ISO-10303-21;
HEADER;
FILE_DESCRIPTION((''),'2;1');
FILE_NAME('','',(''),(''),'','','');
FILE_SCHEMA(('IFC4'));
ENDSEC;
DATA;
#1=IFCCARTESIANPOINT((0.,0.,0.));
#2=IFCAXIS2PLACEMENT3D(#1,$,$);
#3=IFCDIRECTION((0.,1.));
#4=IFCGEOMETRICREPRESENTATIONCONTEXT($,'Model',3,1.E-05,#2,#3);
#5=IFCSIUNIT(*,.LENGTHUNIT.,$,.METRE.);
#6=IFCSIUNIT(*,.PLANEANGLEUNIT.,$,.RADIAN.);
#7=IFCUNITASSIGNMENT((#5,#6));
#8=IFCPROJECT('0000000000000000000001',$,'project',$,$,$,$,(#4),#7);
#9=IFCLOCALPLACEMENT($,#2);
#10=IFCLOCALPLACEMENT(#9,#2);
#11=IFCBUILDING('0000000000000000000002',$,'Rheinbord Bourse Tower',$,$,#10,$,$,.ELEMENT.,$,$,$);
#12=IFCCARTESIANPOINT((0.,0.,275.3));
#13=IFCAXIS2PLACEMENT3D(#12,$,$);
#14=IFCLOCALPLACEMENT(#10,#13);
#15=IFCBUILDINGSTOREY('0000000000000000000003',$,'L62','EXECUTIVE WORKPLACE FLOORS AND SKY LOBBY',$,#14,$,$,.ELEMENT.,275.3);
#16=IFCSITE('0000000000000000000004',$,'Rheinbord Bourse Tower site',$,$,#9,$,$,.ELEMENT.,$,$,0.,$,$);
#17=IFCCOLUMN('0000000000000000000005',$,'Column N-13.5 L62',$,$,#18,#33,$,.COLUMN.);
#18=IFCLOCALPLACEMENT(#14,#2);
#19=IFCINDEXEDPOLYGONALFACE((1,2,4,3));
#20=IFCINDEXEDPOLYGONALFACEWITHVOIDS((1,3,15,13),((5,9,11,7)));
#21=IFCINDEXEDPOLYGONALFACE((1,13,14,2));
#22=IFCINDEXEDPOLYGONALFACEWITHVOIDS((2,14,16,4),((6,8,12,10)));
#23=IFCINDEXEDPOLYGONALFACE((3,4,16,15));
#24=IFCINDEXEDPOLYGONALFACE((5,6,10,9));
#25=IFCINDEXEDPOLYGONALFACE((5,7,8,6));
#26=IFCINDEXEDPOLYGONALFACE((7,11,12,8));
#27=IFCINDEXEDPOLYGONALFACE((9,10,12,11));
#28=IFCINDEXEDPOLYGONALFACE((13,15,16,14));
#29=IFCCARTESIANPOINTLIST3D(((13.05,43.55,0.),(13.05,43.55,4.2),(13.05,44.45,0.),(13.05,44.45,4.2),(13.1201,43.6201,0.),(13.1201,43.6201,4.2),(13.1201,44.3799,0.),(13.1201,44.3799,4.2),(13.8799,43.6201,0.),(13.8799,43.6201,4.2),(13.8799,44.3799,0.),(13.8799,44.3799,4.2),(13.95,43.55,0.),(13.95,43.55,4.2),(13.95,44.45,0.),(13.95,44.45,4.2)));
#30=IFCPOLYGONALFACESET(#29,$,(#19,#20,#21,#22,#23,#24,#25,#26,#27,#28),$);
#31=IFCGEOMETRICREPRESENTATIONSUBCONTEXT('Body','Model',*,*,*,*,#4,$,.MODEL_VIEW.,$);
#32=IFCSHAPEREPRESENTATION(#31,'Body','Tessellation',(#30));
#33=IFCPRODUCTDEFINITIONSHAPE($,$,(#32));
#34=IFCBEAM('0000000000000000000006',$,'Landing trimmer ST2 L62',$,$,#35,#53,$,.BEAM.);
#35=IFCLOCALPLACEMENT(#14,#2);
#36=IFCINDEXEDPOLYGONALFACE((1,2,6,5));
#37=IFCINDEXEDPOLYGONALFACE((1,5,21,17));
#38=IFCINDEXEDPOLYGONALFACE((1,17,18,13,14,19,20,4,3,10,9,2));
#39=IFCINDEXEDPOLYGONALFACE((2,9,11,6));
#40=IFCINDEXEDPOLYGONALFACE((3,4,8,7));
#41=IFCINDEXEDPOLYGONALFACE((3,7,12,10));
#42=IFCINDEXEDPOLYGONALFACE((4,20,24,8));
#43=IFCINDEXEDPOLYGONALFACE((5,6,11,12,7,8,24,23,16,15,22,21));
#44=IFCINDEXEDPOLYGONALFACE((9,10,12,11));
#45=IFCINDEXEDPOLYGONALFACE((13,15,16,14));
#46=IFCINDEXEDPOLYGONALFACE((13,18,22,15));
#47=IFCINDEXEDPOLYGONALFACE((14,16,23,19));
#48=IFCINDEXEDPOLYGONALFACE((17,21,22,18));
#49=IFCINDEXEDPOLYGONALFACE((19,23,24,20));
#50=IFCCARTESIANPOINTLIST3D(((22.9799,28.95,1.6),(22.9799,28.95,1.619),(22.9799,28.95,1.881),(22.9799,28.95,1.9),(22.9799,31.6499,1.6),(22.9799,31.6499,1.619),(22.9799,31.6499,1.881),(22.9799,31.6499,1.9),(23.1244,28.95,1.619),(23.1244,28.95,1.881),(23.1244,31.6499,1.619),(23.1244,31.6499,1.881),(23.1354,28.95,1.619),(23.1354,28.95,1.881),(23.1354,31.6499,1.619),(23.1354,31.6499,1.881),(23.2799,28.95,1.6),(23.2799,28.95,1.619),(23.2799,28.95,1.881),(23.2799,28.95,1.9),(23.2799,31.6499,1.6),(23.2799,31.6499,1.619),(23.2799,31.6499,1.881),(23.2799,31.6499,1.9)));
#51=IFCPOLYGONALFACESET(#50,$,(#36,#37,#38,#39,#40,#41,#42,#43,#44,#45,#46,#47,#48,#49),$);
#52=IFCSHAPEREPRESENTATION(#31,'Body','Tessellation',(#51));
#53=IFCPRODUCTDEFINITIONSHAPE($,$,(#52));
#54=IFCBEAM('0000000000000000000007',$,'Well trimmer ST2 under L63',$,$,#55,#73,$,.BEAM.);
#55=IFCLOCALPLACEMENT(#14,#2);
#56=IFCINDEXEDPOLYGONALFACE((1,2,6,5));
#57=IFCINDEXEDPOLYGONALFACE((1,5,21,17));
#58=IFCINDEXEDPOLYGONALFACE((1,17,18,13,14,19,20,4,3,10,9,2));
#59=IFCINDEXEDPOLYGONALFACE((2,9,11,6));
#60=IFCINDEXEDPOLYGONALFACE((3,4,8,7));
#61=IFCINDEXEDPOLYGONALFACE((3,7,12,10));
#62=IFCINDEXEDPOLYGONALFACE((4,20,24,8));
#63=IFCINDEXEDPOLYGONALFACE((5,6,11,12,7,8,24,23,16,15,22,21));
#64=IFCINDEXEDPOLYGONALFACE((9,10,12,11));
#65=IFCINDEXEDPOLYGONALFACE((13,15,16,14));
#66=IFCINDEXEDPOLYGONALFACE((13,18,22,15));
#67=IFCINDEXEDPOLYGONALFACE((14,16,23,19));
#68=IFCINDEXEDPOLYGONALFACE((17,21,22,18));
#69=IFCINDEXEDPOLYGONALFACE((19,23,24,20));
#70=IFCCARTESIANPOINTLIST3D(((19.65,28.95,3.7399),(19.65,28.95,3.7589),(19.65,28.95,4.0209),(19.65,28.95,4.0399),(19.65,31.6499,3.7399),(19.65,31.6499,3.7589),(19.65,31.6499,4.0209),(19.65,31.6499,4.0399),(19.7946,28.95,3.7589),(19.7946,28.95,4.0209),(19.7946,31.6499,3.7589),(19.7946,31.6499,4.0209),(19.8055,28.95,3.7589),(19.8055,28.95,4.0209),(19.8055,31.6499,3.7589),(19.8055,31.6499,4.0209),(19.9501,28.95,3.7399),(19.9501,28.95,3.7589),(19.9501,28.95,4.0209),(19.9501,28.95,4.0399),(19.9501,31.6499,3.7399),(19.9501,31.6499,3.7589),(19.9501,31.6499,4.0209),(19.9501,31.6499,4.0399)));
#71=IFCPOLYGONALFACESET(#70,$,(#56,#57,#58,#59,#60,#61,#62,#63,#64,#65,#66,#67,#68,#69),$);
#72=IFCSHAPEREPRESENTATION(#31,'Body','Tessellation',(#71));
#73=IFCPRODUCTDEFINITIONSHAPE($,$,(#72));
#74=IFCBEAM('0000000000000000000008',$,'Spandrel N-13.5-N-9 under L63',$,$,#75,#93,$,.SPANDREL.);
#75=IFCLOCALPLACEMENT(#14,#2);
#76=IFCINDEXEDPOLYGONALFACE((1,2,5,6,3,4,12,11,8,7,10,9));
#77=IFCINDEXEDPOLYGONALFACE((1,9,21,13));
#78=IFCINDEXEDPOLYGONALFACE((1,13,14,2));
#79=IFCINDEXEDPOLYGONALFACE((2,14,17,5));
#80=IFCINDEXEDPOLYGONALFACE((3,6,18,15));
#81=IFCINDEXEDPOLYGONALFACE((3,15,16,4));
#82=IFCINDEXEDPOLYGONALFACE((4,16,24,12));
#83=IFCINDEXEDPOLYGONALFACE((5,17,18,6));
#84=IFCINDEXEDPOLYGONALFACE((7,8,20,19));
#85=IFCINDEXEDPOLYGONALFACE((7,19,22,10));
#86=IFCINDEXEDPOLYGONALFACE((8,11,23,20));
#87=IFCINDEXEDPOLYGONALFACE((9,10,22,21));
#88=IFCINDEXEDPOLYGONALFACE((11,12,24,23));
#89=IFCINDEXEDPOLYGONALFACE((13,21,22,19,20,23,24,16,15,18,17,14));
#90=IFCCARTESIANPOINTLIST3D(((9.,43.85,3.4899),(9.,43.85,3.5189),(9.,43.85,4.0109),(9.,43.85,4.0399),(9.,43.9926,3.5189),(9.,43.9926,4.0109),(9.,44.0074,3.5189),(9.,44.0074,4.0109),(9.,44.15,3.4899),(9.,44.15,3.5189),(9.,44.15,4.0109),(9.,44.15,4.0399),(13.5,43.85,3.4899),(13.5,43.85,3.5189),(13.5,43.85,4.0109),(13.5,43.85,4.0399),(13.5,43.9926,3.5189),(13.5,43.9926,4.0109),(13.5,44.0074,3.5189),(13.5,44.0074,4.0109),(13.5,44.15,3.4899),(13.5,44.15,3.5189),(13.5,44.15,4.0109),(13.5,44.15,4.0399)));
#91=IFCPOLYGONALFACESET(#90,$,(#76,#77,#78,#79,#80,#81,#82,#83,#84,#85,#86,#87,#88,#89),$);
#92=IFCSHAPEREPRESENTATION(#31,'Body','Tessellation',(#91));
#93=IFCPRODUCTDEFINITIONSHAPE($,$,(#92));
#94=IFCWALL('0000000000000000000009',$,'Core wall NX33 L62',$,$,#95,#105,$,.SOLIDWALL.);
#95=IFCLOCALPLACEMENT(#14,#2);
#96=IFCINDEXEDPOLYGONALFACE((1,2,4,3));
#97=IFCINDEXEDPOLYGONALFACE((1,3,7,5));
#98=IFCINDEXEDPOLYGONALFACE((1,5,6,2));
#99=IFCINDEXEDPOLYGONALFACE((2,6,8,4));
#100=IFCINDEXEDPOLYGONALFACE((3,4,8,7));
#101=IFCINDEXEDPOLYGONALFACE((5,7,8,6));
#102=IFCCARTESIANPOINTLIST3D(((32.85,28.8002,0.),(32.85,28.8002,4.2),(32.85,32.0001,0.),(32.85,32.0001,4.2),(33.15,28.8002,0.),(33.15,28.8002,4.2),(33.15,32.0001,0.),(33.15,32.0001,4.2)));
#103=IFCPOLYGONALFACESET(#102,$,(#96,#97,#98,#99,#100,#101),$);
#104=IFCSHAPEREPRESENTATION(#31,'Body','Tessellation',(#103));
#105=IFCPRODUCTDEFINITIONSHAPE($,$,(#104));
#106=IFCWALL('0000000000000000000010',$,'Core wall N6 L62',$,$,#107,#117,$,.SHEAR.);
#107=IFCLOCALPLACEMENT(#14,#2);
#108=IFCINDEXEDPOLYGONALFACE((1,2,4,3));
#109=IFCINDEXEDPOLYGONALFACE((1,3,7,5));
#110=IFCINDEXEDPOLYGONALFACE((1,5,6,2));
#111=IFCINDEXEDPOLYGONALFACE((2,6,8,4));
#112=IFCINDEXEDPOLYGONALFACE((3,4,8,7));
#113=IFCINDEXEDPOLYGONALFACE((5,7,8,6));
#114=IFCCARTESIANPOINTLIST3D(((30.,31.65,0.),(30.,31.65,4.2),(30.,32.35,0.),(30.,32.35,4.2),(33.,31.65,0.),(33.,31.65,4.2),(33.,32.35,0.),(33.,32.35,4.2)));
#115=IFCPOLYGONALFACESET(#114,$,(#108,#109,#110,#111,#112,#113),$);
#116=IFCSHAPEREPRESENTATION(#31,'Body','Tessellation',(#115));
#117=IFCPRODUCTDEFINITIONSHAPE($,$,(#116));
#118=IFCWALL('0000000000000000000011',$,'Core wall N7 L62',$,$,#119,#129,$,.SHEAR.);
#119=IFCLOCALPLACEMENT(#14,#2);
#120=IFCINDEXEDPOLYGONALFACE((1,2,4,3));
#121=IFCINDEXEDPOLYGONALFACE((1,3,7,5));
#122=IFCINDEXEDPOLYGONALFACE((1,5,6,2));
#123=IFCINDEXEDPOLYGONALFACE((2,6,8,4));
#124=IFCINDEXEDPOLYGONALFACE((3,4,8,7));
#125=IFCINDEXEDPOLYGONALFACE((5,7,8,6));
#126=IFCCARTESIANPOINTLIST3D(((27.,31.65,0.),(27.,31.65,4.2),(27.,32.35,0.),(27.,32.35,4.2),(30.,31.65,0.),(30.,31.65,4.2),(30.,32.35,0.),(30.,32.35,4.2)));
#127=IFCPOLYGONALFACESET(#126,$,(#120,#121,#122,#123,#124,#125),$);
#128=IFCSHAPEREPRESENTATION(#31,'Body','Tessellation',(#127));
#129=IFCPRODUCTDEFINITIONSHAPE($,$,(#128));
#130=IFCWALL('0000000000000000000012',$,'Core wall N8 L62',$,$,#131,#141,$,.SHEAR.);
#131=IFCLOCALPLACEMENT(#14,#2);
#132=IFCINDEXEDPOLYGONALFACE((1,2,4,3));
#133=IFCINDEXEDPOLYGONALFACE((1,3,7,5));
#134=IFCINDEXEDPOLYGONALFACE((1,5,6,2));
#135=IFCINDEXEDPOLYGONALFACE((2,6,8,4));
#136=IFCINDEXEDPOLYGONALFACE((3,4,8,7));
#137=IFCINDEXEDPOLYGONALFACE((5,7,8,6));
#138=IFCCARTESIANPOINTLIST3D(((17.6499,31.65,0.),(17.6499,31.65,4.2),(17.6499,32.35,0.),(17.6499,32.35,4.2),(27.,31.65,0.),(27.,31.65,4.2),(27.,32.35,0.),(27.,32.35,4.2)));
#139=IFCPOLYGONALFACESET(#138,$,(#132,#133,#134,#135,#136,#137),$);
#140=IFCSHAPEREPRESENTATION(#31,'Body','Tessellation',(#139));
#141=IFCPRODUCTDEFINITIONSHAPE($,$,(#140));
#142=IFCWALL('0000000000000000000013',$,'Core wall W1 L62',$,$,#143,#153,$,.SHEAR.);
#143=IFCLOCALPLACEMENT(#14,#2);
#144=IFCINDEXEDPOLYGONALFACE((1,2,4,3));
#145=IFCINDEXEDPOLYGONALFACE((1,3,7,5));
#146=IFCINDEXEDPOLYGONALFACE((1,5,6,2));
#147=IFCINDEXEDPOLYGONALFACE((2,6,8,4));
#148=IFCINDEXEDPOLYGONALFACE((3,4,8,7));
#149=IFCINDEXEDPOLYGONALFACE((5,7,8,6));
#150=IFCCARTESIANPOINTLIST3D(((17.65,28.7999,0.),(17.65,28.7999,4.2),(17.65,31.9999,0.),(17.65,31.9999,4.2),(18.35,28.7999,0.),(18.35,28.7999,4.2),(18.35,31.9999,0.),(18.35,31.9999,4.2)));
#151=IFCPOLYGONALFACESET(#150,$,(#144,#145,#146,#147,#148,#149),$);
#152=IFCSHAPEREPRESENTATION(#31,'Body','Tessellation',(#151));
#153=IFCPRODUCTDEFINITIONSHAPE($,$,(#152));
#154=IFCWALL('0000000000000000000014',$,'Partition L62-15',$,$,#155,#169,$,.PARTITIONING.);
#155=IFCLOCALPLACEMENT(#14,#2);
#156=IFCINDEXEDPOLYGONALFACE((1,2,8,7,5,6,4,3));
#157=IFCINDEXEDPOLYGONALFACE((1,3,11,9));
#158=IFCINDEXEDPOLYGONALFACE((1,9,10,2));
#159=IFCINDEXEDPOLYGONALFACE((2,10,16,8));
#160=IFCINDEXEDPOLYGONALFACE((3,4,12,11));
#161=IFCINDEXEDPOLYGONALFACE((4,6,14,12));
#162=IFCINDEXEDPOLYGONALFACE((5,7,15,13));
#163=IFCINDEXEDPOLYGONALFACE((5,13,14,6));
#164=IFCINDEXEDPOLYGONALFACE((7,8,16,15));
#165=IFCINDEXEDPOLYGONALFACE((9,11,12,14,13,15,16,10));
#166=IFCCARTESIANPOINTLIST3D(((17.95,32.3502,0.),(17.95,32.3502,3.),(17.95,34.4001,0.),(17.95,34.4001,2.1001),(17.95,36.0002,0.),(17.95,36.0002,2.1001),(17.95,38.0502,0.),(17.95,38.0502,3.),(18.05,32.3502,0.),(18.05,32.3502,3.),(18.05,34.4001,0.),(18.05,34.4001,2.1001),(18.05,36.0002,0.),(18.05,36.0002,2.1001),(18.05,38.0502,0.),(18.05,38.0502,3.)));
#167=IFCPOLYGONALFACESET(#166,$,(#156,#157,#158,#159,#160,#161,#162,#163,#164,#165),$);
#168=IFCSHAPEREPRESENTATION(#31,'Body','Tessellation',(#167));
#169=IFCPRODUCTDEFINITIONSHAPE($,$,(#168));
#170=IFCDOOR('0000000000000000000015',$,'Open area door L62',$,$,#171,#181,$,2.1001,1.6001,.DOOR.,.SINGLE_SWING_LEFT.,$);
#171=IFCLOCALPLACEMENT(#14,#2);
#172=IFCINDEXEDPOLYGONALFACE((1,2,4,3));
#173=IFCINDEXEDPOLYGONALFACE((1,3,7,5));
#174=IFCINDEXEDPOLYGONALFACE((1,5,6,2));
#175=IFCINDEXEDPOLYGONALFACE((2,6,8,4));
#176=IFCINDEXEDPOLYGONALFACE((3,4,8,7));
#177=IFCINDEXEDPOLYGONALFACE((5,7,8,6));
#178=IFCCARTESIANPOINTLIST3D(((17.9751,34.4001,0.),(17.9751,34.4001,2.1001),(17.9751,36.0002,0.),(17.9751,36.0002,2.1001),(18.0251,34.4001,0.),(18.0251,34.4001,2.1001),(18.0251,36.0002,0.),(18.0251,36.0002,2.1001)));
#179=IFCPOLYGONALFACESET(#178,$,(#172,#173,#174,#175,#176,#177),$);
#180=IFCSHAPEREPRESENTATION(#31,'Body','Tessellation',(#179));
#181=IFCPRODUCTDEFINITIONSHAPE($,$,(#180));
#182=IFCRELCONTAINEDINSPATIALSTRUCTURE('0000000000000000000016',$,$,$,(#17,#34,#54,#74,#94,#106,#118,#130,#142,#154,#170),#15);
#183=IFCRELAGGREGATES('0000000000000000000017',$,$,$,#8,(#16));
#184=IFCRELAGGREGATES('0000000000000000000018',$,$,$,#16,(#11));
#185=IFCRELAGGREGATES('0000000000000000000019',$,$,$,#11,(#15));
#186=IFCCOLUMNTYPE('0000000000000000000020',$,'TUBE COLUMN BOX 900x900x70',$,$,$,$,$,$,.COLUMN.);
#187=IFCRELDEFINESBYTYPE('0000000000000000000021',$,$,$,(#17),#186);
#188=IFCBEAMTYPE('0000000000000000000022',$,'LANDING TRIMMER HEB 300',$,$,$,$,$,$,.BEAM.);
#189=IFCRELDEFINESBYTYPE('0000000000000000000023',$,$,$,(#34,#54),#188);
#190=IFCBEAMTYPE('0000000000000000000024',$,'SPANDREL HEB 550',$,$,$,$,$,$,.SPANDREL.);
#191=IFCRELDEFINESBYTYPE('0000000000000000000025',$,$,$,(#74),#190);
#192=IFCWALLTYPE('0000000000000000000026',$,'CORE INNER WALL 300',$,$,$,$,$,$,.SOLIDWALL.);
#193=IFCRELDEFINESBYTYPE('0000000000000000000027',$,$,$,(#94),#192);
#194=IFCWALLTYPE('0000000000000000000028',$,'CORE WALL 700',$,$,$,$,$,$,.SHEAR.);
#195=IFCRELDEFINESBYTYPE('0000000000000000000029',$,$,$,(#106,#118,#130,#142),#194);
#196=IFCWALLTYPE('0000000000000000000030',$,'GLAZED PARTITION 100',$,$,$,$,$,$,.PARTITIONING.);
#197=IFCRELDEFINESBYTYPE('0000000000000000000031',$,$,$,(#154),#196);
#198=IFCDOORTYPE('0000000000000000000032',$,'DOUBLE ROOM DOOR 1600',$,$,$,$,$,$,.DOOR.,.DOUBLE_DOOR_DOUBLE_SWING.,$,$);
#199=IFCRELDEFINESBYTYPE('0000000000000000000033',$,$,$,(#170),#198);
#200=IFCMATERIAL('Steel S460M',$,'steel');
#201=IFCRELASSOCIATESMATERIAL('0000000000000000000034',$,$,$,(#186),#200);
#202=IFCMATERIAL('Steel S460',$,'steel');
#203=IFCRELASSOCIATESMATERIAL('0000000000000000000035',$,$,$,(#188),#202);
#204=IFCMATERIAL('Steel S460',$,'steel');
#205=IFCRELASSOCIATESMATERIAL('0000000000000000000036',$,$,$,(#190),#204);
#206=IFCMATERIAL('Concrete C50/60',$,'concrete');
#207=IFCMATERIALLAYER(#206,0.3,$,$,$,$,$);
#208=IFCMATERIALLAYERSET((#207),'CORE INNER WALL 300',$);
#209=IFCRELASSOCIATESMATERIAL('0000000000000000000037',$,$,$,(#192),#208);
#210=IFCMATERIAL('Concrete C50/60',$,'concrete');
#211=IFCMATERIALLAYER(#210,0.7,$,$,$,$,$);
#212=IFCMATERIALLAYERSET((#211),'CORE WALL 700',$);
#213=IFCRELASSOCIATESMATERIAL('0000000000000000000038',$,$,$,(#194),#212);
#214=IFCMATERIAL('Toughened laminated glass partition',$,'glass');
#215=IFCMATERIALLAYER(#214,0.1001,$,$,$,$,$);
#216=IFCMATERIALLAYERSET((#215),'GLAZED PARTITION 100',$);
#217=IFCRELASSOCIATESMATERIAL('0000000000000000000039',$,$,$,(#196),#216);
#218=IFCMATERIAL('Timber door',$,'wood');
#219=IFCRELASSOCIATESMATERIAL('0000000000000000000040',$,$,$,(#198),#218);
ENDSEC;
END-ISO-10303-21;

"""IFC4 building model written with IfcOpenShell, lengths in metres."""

from ifc_helpers import new_model, si_unit, direction, frame, frame_2d, origin, origin_2d, place, context, subcontext, project, spatial, rectangle, hollow_rectangle, i_section, extrude, material, layer, layer_set, material_profile, profile_set, type_object, element, fill, save


model = new_model("IFC4")

# Units and contexts
model_context = context("Model", 3, precision=1e-05, world=origin(), true_north=direction((0.0, 1.0)))
body_context = subcontext(model_context, "Body", "Model", "MODEL_VIEW")
ifc_project = project(units=[si_unit("LENGTHUNIT", "METRE"), si_unit("PLANEANGLEUNIT", "RADIAN")], contexts=[model_context])

# Site, building, storey
site_placement = place(None, origin())
site = spatial("IfcSite", under=ifc_project, at=site_placement, Name="Rheinbord Bourse Tower site", CompositionType="ELEMENT", RefElevation=0.0)
building_placement = place(site_placement, origin())
building = spatial("IfcBuilding", under=site, at=building_placement, Name="Rheinbord Bourse Tower", CompositionType="ELEMENT")
storey_placement = place(building_placement, frame((0.0, 0.0, 275.3)))
storey = spatial("IfcBuildingStorey", under=building, at=storey_placement, Name="L62", Description="EXECUTIVE WORKPLACE FLOORS AND SKY LOBBY", CompositionType="ELEMENT", Elevation=275.3)

# Column
ifc_material_1 = material(Name="Steel S460M", Category="steel")
ifc_material_profile_1 = material_profile(ifc_material_1, hollow_rectangle(XDim=0.8999, YDim=0.8999, WallThickness=0.0701, at=origin_2d()), Name="BOX 900x900x70")
ifc_profile_set_1 = profile_set([ifc_material_profile_1], Name="Steel S460M")
column_type = type_object("IfcColumnType", Name="TUBE COLUMN BOX 900x900x70", PredefinedType="COLUMN", material=ifc_profile_set_1)
column_placement = place(storey_placement, frame((13.5, 44.0, 0.0), z_axis=(0.0, 0.0, 1.0), x_axis=(0.0, 1.0, 0.0)))
element("IfcColumn", 1, at=column_placement, inside=storey, type_object=column_type, Name="Column N-13.5 L62", PredefinedType="COLUMN", context=body_context, shape_type="SweptSolid", body=[
    extrude(hollow_rectangle(XDim=0.8999, YDim=0.8999, WallThickness=0.0701, at=origin_2d()), origin(), (0.0, 0.0, 1.0), 4.2),
])

# Beams
ifc_material_2 = material(Name="Steel S460", Category="steel")
ifc_material_profile_2 = material_profile(ifc_material_2, i_section(OverallWidth=0.3, OverallDepth=0.3, WebThickness=0.011, FlangeThickness=0.019, at=origin_2d()), Name="HEB 300")
ifc_profile_set_2 = profile_set([ifc_material_profile_2], Name="Steel S460")
beam_type_1 = type_object("IfcBeamType", Name="LANDING TRIMMER HEB 300", PredefinedType="BEAM", material=ifc_profile_set_2)
for number, where, z_axis, x_axis, name in (
    (2, (23.1299, 28.95, 1.75), (0.0, 1.0, 0.0), (-1.0, 0.0, 0.0), "Landing trimmer ST2 L62"),
    (3, (19.8, 28.95, 3.8899), (0.0, 1.0, 0.0), (-1.0, 0.0, 0.0), "Well trimmer ST2 under L63"),
):
    element("IfcBeam", number, at=place(storey_placement, frame(where, z_axis=z_axis, x_axis=x_axis)), inside=storey, type_object=beam_type_1, Name=name, PredefinedType="BEAM", context=body_context, shape_type="SweptSolid", body=[
        extrude(i_section(OverallWidth=0.3, OverallDepth=0.3, WebThickness=0.011, FlangeThickness=0.019, at=origin_2d()), origin(), (0.0, 0.0, 1.0), 2.7),
    ])
ifc_material_3 = material(Name="Steel S460", Category="steel")
ifc_material_profile_3 = material_profile(ifc_material_3, i_section(OverallWidth=0.3, OverallDepth=0.55, WebThickness=0.0149, FlangeThickness=0.0291, at=origin_2d()), Name="HEB 550")
ifc_profile_set_3 = profile_set([ifc_material_profile_3], Name="Steel S460")
beam_type_2 = type_object("IfcBeamType", Name="SPANDREL HEB 550", PredefinedType="SPANDREL", material=ifc_profile_set_3)
beam_placement = place(storey_placement, frame((13.5, 44.0, 3.7649), z_axis=(-1.0, 0.0, 0.0), x_axis=(0.0, -1.0, 0.0)))
element("IfcBeam", 4, at=beam_placement, inside=storey, type_object=beam_type_2, Name="Spandrel N-13.5-N-9 under L63", PredefinedType="SPANDREL", context=body_context, shape_type="SweptSolid", body=[
    extrude(i_section(OverallWidth=0.3, OverallDepth=0.55, WebThickness=0.0149, FlangeThickness=0.0291, at=origin_2d()), origin(), (0.0, 0.0, 1.0), 4.5),
])

# Walls
ifc_material_4 = material(Name="Concrete C50/60", Category="concrete")
ifc_layer_1 = layer(ifc_material_4, 0.3)
ifc_layer_set_1 = layer_set([ifc_layer_1], Name="CORE INNER WALL 300")
wall_type_1 = type_object("IfcWallType", Name="CORE INNER WALL 300", PredefinedType="SOLIDWALL", material=ifc_layer_set_1)
wall_1_placement = place(storey_placement, frame((33.0, 28.8, 0.0), z_axis=(0.0, 0.0, 1.0), x_axis=(0.0, 1.0, 0.0)))
element("IfcWall", 5, at=wall_1_placement, inside=storey, type_object=wall_type_1, Name="Core wall NX33 L62", PredefinedType="SOLIDWALL", context=body_context, shape_type="SweptSolid", body=[
    extrude(rectangle(XDim=3.2, YDim=0.3, at=frame_2d((1.6001, 0.0))), origin(), (0.0, 0.0, 1.0), 4.2),
])
ifc_material_5 = material(Name="Concrete C50/60", Category="concrete")
ifc_layer_2 = layer(ifc_material_5, 0.7)
ifc_layer_set_2 = layer_set([ifc_layer_2], Name="CORE WALL 700")
wall_type_2 = type_object("IfcWallType", Name="CORE WALL 700", PredefinedType="SHEAR", material=ifc_layer_set_2)
for number, where, z_axis, x_axis, name in (
    (6, (33.0, 32.0, 0.0), (0.0, 0.0, 1.0), (-1.0, 0.0, 0.0), "Core wall N6 L62"),
    (7, (30.0, 32.0, 0.0), (0.0, 0.0, 1.0), (-1.0, 0.0, 0.0), "Core wall N7 L62"),
):
    element("IfcWall", number, at=place(storey_placement, frame(where, z_axis=z_axis, x_axis=x_axis)), inside=storey, type_object=wall_type_2, Name=name, PredefinedType="SHEAR", context=body_context, shape_type="SweptSolid", body=[
        extrude(rectangle(XDim=3.0, YDim=0.7, at=frame_2d((1.5, 0.0))), origin(), (0.0, 0.0, 1.0), 4.2),
    ])
wall_2_placement = place(storey_placement, frame((27.0, 32.0, 0.0), z_axis=(0.0, 0.0, 1.0), x_axis=(-1.0, 0.0, 0.0)))
element("IfcWall", 8, at=wall_2_placement, inside=storey, type_object=wall_type_2, Name="Core wall N8 L62", PredefinedType="SHEAR", context=body_context, shape_type="SweptSolid", body=[
    extrude(rectangle(XDim=9.3501, YDim=0.7, at=frame_2d((4.675, 0.0))), origin(), (0.0, 0.0, 1.0), 4.2),
])
wall_3_placement = place(storey_placement, frame((18.0, 32.0, 0.0), z_axis=(0.0, 0.0, 1.0), x_axis=(0.0, -1.0, 0.0)))
element("IfcWall", 9, at=wall_3_placement, inside=storey, type_object=wall_type_2, Name="Core wall W1 L62", PredefinedType="SHEAR", context=body_context, shape_type="SweptSolid", body=[
    extrude(rectangle(XDim=3.2, YDim=0.7, at=frame_2d((1.6001, 0.0))), origin(), (0.0, 0.0, 1.0), 4.2),
])

# Wall, opening, door
ifc_material_6 = material(Name="Toughened laminated glass partition", Category="glass")
ifc_layer_3 = layer(ifc_material_6, 0.1001)
ifc_layer_set_3 = layer_set([ifc_layer_3], Name="GLAZED PARTITION 100")
wall_type_3 = type_object("IfcWallType", Name="GLAZED PARTITION 100", PredefinedType="PARTITIONING", material=ifc_layer_set_3)
wall_4_placement = place(storey_placement, frame((18.0, 32.3501, 0.0), z_axis=(0.0, 0.0, 1.0), x_axis=(0.0, 1.0, 0.0)))
wall_4 = element("IfcWall", 10, at=wall_4_placement, inside=storey, type_object=wall_type_3, Name="Partition L62-15", PredefinedType="PARTITIONING", context=body_context, shape_type="SweptSolid", body=[
    extrude(rectangle(XDim=5.7, YDim=0.1001, at=frame_2d((2.8501, 0.0))), origin(), (0.0, 0.0, 1.0), 3.0),
])
opening_placement = place(wall_4_placement, frame((2.05, 0.0, 0.0)))
opening = element("IfcOpeningElement", 11, at=opening_placement, cuts=wall_4, PredefinedType="OPENING", context=body_context, shape_type="SweptSolid", body=[
    extrude(rectangle(XDim=1.6001, YDim=2.1001, at=frame_2d((0.8, 1.05))), frame((0.0, 0.0601, 0.0), z_axis=(0.0, -1.0, 0.0), x_axis=(1.0, 0.0, 0.0)), (0.0, 0.0, 1.0), 0.1201),
])
ifc_material_7 = material(Name="Timber door", Category="wood")
door_type = type_object("IfcDoorType", Name="DOUBLE ROOM DOOR 1600", OperationType="DOUBLE_DOOR_DOUBLE_SWING", PredefinedType="DOOR", material=ifc_material_7)
door_placement = place(opening_placement, origin())
door = element("IfcDoor", 12, at=door_placement, inside=storey, type_object=door_type, Name="Open area door L62", OperationType="SINGLE_SWING_LEFT", OverallHeight=2.1001, OverallWidth=1.6001, PredefinedType="DOOR", context=body_context, shape_type="SweptSolid", body=[
    extrude(rectangle(XDim=1.6001, YDim=2.1001, at=frame_2d((0.8, 1.05))), frame((0.0, 0.0249, 0.0), z_axis=(0.0, -1.0, 0.0), x_axis=(1.0, 0.0, 0.0)), (0.0, 0.0, 1.0), 0.05),
])
fill(opening, door)

save(model, "model.ifc")
